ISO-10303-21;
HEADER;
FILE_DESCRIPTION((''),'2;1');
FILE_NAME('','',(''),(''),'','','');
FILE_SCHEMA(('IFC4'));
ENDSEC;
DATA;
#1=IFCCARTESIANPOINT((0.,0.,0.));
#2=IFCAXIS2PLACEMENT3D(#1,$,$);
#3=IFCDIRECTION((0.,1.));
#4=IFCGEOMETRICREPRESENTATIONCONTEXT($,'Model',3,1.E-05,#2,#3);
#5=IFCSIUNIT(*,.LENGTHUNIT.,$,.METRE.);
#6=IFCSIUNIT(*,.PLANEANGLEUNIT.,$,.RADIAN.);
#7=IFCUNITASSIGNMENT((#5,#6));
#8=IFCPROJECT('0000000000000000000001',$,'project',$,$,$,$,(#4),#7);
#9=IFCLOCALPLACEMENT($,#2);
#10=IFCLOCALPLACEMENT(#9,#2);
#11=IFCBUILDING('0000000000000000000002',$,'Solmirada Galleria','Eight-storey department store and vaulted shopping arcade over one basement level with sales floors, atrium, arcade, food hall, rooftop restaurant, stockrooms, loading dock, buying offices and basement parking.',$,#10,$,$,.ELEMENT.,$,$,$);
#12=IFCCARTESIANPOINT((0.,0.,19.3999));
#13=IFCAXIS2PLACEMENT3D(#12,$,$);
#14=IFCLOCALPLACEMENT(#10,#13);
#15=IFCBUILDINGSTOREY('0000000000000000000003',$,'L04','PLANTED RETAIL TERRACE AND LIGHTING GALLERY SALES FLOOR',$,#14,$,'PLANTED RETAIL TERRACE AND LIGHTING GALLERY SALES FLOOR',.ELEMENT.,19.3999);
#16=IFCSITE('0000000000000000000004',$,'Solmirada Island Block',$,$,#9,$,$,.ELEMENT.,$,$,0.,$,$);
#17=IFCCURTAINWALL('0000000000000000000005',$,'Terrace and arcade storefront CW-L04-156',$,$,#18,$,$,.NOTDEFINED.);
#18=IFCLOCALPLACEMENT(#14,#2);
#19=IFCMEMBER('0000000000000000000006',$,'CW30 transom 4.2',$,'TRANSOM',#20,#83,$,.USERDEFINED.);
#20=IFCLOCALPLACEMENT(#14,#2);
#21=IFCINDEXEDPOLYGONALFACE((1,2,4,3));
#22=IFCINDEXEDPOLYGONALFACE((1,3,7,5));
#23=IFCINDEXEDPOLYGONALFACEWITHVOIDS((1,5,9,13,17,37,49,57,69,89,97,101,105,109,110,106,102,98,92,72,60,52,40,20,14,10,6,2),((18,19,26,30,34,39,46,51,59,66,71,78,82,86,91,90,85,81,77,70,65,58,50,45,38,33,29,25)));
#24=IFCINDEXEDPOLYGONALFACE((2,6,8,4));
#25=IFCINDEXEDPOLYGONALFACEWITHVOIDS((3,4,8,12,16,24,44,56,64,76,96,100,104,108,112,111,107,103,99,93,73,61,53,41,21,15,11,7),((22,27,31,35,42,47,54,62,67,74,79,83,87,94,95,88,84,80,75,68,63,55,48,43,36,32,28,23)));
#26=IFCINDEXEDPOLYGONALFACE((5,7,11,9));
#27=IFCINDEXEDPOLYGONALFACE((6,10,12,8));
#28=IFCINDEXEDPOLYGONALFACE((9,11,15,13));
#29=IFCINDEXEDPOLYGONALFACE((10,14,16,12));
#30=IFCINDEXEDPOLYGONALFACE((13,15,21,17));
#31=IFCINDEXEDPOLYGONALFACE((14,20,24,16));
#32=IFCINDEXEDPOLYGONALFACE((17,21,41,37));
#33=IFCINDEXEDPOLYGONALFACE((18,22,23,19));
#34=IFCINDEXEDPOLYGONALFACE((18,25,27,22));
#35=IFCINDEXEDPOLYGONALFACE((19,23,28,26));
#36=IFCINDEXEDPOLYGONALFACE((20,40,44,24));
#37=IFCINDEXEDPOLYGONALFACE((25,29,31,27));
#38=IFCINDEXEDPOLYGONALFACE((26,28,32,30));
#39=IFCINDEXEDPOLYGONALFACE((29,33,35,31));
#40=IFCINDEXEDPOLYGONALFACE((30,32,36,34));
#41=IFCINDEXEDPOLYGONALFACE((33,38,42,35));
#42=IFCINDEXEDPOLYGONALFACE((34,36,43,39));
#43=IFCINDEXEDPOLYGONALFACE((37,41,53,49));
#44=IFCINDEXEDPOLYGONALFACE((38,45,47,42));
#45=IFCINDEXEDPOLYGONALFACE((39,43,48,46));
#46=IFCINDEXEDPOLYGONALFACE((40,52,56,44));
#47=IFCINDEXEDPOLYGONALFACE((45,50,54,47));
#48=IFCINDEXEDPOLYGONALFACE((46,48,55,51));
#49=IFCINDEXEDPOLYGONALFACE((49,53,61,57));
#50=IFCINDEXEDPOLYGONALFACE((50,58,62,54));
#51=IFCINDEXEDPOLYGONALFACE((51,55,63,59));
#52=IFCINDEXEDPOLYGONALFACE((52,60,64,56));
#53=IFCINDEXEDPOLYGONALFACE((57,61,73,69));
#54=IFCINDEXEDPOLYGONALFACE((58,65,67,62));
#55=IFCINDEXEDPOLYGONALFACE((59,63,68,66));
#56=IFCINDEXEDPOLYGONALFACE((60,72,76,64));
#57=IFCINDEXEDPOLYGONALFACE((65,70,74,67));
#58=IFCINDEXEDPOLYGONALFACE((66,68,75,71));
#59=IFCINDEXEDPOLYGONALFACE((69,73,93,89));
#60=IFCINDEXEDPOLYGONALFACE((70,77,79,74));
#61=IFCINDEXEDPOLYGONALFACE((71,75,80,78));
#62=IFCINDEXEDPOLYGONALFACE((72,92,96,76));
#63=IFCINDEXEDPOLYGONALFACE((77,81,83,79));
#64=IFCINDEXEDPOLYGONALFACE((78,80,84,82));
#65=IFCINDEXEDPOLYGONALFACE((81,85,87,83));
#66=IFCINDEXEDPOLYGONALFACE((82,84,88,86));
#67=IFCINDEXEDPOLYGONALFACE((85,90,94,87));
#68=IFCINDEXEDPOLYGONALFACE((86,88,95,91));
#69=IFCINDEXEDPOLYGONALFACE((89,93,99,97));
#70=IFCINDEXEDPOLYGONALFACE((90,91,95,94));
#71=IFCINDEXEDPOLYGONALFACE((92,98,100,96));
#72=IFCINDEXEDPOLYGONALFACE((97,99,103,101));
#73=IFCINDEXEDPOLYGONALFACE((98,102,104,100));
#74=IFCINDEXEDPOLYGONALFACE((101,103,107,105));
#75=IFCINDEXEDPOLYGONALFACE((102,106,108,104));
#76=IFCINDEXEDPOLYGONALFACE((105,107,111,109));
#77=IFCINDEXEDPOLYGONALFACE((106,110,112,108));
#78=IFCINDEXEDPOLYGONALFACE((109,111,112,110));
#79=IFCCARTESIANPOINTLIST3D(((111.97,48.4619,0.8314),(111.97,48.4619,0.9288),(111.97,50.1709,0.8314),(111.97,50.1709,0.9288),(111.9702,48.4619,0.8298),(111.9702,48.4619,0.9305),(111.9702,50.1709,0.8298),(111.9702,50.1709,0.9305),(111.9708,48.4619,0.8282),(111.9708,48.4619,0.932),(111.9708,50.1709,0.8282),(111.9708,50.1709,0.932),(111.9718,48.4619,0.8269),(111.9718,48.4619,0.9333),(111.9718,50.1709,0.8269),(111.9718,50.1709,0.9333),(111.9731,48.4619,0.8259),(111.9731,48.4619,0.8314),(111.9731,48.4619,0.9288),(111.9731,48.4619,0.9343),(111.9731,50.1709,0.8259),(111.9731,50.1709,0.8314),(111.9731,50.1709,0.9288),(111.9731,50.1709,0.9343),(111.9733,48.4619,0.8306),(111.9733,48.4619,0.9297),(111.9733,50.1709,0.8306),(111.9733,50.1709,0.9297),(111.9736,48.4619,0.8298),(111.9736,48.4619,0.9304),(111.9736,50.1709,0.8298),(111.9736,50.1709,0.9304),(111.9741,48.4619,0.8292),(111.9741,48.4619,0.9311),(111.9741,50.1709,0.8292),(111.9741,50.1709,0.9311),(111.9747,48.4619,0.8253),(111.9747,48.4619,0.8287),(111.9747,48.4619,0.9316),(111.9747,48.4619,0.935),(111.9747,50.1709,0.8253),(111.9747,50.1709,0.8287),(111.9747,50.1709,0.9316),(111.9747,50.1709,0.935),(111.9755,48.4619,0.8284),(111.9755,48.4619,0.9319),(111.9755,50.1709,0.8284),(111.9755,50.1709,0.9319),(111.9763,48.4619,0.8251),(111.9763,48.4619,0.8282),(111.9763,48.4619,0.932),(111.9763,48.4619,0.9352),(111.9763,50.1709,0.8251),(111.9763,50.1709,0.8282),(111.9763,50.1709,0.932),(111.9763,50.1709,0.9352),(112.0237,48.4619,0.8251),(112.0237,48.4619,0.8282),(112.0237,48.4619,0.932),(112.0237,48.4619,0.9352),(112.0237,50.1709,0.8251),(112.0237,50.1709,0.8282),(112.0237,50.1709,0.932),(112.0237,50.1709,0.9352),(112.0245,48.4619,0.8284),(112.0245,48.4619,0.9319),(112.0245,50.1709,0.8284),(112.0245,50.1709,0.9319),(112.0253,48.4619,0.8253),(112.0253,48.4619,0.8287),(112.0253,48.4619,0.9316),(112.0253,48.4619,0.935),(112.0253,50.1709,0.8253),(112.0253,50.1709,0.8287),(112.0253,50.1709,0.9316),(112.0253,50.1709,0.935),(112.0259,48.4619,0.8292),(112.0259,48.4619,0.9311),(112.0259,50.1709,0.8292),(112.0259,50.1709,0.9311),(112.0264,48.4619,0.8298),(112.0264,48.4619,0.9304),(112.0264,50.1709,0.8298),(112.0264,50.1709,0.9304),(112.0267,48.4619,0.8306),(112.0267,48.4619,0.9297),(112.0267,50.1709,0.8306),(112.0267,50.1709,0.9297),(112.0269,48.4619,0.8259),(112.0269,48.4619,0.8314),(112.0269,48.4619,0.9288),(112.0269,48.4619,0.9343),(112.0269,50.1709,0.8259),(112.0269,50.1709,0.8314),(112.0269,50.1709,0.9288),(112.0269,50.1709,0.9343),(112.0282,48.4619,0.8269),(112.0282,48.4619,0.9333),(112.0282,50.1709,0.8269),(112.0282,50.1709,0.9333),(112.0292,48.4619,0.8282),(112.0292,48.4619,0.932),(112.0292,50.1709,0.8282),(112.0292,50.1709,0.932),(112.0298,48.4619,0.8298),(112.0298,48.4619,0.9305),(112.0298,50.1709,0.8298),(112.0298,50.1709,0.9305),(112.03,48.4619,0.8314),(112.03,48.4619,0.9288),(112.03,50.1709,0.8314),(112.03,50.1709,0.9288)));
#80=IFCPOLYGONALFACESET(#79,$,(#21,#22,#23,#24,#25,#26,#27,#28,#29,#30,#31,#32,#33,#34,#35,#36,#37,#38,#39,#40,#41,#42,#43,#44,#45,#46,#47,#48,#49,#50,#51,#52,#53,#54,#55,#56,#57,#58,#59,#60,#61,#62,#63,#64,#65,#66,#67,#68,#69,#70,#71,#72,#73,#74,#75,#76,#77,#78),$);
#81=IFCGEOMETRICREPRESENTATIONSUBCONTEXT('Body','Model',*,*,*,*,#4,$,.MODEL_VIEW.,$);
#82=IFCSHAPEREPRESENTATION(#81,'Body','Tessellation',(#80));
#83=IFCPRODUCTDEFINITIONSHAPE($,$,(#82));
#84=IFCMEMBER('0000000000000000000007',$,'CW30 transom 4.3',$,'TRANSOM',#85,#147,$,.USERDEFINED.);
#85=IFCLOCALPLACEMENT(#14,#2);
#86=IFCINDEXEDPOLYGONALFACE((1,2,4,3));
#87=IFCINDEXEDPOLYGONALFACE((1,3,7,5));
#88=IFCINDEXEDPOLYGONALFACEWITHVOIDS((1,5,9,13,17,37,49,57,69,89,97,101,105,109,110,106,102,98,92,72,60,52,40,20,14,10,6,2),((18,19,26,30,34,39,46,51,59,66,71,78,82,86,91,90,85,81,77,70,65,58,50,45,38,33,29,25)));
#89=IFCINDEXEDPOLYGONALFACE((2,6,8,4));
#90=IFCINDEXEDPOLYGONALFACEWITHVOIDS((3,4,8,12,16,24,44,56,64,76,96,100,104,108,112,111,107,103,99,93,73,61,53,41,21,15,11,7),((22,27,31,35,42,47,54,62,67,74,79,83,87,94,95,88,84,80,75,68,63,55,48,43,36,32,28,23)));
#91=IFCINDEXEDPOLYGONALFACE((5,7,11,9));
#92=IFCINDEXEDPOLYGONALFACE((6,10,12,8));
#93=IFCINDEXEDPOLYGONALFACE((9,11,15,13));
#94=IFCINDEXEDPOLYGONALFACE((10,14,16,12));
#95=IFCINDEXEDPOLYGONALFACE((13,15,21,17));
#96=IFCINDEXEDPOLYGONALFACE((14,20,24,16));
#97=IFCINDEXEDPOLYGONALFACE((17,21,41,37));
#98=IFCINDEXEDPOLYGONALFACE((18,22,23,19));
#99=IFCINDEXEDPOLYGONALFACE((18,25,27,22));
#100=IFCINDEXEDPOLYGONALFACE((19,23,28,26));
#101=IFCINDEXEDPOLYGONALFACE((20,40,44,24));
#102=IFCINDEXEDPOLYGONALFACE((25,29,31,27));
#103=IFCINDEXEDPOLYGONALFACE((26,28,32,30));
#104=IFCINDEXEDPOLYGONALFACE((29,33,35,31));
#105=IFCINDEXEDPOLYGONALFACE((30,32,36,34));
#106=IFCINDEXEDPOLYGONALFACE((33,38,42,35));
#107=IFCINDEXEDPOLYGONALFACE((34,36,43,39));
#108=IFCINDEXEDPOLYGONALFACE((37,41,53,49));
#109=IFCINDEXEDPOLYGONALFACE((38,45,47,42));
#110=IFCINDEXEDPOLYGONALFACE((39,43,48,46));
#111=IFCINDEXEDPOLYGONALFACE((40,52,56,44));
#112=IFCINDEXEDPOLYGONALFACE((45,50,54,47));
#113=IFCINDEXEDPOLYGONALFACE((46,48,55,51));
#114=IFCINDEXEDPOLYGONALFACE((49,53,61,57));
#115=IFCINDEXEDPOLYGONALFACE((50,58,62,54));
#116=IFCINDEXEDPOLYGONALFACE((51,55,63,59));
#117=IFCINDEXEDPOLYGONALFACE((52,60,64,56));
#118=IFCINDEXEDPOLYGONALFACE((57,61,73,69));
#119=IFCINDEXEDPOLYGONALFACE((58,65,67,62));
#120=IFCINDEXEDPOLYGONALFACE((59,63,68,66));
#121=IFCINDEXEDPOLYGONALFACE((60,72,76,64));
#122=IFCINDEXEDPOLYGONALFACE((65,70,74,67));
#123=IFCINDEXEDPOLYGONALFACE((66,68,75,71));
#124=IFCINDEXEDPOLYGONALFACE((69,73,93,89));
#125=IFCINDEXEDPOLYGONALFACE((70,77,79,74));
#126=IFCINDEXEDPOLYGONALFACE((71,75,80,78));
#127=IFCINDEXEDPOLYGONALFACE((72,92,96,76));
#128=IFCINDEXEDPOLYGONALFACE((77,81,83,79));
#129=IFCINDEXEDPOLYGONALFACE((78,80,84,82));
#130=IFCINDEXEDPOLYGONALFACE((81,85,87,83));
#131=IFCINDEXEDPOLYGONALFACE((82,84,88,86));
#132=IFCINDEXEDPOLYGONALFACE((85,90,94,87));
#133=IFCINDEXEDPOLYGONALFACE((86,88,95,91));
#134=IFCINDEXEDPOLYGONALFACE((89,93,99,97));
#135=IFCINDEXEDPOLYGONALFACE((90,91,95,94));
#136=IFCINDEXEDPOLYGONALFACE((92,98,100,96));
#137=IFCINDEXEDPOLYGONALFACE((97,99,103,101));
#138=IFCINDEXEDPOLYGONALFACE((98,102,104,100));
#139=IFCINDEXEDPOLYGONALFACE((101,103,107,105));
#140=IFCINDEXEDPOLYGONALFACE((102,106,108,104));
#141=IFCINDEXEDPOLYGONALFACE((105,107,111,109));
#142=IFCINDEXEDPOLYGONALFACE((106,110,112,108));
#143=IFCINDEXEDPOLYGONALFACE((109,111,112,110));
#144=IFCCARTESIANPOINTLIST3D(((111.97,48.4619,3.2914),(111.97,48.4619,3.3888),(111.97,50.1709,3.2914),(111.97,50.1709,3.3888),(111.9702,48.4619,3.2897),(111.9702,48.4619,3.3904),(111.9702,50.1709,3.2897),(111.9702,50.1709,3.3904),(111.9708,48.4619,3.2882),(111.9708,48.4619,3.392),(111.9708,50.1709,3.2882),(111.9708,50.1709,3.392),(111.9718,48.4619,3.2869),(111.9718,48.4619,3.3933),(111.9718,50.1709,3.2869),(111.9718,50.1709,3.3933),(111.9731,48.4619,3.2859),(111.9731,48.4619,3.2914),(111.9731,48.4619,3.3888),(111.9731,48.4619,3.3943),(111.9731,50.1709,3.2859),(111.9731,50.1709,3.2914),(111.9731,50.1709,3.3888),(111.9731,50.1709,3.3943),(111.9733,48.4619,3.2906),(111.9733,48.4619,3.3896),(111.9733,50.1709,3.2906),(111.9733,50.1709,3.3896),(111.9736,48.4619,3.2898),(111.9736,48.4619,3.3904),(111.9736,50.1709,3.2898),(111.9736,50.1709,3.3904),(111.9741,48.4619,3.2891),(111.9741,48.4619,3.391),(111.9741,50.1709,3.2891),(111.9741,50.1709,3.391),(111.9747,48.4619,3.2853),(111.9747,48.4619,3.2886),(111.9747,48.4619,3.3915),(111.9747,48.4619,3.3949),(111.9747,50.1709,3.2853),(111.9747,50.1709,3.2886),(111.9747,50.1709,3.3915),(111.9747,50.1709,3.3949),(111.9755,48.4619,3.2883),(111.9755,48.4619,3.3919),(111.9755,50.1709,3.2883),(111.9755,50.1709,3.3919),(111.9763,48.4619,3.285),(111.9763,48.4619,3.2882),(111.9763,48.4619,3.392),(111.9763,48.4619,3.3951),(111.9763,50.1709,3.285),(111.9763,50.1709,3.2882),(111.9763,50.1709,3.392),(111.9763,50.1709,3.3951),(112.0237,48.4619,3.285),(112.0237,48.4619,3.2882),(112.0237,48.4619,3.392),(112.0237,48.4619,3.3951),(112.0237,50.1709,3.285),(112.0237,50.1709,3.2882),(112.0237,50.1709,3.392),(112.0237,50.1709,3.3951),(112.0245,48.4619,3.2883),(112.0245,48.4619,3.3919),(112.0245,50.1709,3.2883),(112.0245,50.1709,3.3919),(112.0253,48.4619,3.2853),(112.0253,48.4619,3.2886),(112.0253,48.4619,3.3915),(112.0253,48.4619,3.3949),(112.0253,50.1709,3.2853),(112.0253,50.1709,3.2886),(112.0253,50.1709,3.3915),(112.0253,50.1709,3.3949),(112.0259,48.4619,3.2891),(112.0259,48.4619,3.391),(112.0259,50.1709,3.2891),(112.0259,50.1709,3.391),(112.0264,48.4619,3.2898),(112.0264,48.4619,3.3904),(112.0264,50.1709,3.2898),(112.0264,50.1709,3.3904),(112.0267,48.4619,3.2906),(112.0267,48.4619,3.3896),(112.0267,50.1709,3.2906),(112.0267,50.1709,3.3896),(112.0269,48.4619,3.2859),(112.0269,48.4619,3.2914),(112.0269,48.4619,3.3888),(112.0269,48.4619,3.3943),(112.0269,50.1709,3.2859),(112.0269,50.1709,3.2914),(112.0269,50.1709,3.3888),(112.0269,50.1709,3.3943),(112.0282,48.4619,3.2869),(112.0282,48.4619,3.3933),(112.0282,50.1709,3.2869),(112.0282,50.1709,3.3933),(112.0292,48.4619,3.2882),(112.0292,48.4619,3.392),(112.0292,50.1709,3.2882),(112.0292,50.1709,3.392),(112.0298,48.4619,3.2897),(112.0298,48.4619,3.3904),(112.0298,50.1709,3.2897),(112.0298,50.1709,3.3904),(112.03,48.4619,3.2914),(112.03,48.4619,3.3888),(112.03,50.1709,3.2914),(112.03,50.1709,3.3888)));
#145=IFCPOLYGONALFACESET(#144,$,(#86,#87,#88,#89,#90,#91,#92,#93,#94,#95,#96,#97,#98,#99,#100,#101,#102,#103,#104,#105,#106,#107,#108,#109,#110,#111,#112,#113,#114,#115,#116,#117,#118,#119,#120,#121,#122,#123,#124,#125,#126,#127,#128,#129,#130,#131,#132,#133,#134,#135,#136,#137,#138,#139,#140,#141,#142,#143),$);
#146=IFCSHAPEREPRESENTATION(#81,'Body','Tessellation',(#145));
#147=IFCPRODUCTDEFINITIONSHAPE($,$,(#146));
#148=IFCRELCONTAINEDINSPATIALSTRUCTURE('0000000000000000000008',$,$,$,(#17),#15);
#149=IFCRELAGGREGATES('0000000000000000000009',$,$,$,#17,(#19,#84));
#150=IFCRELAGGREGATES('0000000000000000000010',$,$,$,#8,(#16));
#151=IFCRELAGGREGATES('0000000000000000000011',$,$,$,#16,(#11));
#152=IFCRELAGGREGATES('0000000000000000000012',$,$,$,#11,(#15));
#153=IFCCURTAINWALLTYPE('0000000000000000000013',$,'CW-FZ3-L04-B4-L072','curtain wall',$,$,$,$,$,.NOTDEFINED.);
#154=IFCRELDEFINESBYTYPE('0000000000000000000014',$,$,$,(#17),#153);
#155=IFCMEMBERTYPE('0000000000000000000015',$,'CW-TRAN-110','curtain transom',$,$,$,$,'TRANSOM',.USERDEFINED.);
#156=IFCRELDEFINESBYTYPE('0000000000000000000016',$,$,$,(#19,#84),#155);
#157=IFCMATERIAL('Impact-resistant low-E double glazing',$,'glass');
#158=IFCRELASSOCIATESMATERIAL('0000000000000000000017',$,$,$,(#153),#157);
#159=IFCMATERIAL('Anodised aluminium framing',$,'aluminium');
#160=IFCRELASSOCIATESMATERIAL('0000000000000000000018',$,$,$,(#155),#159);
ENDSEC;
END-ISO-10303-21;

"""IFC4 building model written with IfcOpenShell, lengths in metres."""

from ifc_helpers import new_model, si_unit, direction, frame, origin, origin_2d, place, context, subcontext, project, spatial, hollow_rectangle, extrude, material, material_profile, profile_set, type_object, element, aggregate, save


model = new_model("IFC4")

# Units and contexts
model_context = context("Model", 3, precision=1e-05, world=origin(), true_north=direction((0.0, 1.0)))
body_context = subcontext(model_context, "Body", "Model", "MODEL_VIEW")
ifc_project = project(units=[si_unit("LENGTHUNIT", "METRE"), si_unit("PLANEANGLEUNIT", "RADIAN")], contexts=[model_context])

# Site, building, storey
site_placement = place(None, origin())
site = spatial("IfcSite", under=ifc_project, at=site_placement, Name="Solmirada Island Block", CompositionType="ELEMENT", RefElevation=0.0)
building_placement = place(site_placement, origin())
building = spatial("IfcBuilding", under=site, at=building_placement, Name="Solmirada Galleria", Description="Eight-storey department store and vaulted shopping arcade over one basement level with sales floors, atrium, arcade, food hall, rooftop restaurant, stockrooms, loading dock, buying offices and basement parking.", CompositionType="ELEMENT")
storey_placement = place(building_placement, frame((0.0, 0.0, 19.3999)))
storey = spatial("IfcBuildingStorey", under=building, at=storey_placement, Name="L04", Description="PLANTED RETAIL TERRACE AND LIGHTING GALLERY SALES FLOOR", LongName="PLANTED RETAIL TERRACE AND LIGHTING GALLERY SALES FLOOR", CompositionType="ELEMENT", Elevation=19.3999)

# Curtain wall
ifc_material_1 = material(Name="Impact-resistant low-E double glazing", Category="glass")
curtain_wall_type = type_object("IfcCurtainWallType", Name="CW-FZ3-L04-B4-L072", Description="curtain wall", PredefinedType="NOTDEFINED", material=ifc_material_1)
curtain_wall_1_placement = place(storey_placement, origin())
curtain_wall_1 = element("IfcCurtainWall", 1, at=curtain_wall_1_placement, inside=storey, type_object=curtain_wall_type, Name="Terrace and arcade storefront CW-L04-156", PredefinedType="NOTDEFINED")
ifc_material_2 = material(Name="Anodised aluminium framing", Category="aluminium")

# Members
ifc_material_profile_1 = material_profile(ifc_material_2, hollow_rectangle(XDim=0.0601, YDim=0.1101, WallThickness=0.0032, InnerFilletRadius=0.0032, OuterFilletRadius=0.0063, at=origin_2d()), Name="ALU-TRAN-110X60")
ifc_profile_set_1 = profile_set([ifc_material_profile_1], Name="Anodised aluminium framing")
member_type_1 = type_object("IfcMemberType", Name="CW-TRAN-110", Description="curtain transom", ElementType="TRANSOM", PredefinedType="USERDEFINED", material=ifc_profile_set_1)
member_1_placement = place(storey_placement, frame((112.0, 50.1709, 0.8801), z_axis=(0.0, -1.0, 0.0), x_axis=(1.0, 0.0, 0.0)))
member_1 = element("IfcMember", 2, at=member_1_placement, type_object=member_type_1, Name="CW30 transom 4.2", ObjectType="TRANSOM", PredefinedType="USERDEFINED", context=body_context, shape_type="SweptSolid", body=[
    extrude(hollow_rectangle(XDim=0.0601, YDim=0.1101, WallThickness=0.0032, InnerFilletRadius=0.0032, OuterFilletRadius=0.0063, at=origin_2d()), origin(), (0.0, 0.0, 1.0), 1.709),
])
member_2_placement = place(storey_placement, frame((112.0, 50.1709, 3.3401), z_axis=(0.0, -1.0, 0.0), x_axis=(1.0, 0.0, 0.0)))
member_2 = element("IfcMember", 3, at=member_2_placement, type_object=member_type_1, Name="CW30 transom 4.3", ObjectType="TRANSOM", PredefinedType="USERDEFINED", context=body_context, shape_type="SweptSolid", body=[
    extrude(hollow_rectangle(XDim=0.0601, YDim=0.1101, WallThickness=0.0032, InnerFilletRadius=0.0032, OuterFilletRadius=0.0063, at=origin_2d()), origin(), (0.0, 0.0, 1.0), 1.709),
])

aggregate(curtain_wall_1, [member_1, member_2])

save(model, "model.ifc")
